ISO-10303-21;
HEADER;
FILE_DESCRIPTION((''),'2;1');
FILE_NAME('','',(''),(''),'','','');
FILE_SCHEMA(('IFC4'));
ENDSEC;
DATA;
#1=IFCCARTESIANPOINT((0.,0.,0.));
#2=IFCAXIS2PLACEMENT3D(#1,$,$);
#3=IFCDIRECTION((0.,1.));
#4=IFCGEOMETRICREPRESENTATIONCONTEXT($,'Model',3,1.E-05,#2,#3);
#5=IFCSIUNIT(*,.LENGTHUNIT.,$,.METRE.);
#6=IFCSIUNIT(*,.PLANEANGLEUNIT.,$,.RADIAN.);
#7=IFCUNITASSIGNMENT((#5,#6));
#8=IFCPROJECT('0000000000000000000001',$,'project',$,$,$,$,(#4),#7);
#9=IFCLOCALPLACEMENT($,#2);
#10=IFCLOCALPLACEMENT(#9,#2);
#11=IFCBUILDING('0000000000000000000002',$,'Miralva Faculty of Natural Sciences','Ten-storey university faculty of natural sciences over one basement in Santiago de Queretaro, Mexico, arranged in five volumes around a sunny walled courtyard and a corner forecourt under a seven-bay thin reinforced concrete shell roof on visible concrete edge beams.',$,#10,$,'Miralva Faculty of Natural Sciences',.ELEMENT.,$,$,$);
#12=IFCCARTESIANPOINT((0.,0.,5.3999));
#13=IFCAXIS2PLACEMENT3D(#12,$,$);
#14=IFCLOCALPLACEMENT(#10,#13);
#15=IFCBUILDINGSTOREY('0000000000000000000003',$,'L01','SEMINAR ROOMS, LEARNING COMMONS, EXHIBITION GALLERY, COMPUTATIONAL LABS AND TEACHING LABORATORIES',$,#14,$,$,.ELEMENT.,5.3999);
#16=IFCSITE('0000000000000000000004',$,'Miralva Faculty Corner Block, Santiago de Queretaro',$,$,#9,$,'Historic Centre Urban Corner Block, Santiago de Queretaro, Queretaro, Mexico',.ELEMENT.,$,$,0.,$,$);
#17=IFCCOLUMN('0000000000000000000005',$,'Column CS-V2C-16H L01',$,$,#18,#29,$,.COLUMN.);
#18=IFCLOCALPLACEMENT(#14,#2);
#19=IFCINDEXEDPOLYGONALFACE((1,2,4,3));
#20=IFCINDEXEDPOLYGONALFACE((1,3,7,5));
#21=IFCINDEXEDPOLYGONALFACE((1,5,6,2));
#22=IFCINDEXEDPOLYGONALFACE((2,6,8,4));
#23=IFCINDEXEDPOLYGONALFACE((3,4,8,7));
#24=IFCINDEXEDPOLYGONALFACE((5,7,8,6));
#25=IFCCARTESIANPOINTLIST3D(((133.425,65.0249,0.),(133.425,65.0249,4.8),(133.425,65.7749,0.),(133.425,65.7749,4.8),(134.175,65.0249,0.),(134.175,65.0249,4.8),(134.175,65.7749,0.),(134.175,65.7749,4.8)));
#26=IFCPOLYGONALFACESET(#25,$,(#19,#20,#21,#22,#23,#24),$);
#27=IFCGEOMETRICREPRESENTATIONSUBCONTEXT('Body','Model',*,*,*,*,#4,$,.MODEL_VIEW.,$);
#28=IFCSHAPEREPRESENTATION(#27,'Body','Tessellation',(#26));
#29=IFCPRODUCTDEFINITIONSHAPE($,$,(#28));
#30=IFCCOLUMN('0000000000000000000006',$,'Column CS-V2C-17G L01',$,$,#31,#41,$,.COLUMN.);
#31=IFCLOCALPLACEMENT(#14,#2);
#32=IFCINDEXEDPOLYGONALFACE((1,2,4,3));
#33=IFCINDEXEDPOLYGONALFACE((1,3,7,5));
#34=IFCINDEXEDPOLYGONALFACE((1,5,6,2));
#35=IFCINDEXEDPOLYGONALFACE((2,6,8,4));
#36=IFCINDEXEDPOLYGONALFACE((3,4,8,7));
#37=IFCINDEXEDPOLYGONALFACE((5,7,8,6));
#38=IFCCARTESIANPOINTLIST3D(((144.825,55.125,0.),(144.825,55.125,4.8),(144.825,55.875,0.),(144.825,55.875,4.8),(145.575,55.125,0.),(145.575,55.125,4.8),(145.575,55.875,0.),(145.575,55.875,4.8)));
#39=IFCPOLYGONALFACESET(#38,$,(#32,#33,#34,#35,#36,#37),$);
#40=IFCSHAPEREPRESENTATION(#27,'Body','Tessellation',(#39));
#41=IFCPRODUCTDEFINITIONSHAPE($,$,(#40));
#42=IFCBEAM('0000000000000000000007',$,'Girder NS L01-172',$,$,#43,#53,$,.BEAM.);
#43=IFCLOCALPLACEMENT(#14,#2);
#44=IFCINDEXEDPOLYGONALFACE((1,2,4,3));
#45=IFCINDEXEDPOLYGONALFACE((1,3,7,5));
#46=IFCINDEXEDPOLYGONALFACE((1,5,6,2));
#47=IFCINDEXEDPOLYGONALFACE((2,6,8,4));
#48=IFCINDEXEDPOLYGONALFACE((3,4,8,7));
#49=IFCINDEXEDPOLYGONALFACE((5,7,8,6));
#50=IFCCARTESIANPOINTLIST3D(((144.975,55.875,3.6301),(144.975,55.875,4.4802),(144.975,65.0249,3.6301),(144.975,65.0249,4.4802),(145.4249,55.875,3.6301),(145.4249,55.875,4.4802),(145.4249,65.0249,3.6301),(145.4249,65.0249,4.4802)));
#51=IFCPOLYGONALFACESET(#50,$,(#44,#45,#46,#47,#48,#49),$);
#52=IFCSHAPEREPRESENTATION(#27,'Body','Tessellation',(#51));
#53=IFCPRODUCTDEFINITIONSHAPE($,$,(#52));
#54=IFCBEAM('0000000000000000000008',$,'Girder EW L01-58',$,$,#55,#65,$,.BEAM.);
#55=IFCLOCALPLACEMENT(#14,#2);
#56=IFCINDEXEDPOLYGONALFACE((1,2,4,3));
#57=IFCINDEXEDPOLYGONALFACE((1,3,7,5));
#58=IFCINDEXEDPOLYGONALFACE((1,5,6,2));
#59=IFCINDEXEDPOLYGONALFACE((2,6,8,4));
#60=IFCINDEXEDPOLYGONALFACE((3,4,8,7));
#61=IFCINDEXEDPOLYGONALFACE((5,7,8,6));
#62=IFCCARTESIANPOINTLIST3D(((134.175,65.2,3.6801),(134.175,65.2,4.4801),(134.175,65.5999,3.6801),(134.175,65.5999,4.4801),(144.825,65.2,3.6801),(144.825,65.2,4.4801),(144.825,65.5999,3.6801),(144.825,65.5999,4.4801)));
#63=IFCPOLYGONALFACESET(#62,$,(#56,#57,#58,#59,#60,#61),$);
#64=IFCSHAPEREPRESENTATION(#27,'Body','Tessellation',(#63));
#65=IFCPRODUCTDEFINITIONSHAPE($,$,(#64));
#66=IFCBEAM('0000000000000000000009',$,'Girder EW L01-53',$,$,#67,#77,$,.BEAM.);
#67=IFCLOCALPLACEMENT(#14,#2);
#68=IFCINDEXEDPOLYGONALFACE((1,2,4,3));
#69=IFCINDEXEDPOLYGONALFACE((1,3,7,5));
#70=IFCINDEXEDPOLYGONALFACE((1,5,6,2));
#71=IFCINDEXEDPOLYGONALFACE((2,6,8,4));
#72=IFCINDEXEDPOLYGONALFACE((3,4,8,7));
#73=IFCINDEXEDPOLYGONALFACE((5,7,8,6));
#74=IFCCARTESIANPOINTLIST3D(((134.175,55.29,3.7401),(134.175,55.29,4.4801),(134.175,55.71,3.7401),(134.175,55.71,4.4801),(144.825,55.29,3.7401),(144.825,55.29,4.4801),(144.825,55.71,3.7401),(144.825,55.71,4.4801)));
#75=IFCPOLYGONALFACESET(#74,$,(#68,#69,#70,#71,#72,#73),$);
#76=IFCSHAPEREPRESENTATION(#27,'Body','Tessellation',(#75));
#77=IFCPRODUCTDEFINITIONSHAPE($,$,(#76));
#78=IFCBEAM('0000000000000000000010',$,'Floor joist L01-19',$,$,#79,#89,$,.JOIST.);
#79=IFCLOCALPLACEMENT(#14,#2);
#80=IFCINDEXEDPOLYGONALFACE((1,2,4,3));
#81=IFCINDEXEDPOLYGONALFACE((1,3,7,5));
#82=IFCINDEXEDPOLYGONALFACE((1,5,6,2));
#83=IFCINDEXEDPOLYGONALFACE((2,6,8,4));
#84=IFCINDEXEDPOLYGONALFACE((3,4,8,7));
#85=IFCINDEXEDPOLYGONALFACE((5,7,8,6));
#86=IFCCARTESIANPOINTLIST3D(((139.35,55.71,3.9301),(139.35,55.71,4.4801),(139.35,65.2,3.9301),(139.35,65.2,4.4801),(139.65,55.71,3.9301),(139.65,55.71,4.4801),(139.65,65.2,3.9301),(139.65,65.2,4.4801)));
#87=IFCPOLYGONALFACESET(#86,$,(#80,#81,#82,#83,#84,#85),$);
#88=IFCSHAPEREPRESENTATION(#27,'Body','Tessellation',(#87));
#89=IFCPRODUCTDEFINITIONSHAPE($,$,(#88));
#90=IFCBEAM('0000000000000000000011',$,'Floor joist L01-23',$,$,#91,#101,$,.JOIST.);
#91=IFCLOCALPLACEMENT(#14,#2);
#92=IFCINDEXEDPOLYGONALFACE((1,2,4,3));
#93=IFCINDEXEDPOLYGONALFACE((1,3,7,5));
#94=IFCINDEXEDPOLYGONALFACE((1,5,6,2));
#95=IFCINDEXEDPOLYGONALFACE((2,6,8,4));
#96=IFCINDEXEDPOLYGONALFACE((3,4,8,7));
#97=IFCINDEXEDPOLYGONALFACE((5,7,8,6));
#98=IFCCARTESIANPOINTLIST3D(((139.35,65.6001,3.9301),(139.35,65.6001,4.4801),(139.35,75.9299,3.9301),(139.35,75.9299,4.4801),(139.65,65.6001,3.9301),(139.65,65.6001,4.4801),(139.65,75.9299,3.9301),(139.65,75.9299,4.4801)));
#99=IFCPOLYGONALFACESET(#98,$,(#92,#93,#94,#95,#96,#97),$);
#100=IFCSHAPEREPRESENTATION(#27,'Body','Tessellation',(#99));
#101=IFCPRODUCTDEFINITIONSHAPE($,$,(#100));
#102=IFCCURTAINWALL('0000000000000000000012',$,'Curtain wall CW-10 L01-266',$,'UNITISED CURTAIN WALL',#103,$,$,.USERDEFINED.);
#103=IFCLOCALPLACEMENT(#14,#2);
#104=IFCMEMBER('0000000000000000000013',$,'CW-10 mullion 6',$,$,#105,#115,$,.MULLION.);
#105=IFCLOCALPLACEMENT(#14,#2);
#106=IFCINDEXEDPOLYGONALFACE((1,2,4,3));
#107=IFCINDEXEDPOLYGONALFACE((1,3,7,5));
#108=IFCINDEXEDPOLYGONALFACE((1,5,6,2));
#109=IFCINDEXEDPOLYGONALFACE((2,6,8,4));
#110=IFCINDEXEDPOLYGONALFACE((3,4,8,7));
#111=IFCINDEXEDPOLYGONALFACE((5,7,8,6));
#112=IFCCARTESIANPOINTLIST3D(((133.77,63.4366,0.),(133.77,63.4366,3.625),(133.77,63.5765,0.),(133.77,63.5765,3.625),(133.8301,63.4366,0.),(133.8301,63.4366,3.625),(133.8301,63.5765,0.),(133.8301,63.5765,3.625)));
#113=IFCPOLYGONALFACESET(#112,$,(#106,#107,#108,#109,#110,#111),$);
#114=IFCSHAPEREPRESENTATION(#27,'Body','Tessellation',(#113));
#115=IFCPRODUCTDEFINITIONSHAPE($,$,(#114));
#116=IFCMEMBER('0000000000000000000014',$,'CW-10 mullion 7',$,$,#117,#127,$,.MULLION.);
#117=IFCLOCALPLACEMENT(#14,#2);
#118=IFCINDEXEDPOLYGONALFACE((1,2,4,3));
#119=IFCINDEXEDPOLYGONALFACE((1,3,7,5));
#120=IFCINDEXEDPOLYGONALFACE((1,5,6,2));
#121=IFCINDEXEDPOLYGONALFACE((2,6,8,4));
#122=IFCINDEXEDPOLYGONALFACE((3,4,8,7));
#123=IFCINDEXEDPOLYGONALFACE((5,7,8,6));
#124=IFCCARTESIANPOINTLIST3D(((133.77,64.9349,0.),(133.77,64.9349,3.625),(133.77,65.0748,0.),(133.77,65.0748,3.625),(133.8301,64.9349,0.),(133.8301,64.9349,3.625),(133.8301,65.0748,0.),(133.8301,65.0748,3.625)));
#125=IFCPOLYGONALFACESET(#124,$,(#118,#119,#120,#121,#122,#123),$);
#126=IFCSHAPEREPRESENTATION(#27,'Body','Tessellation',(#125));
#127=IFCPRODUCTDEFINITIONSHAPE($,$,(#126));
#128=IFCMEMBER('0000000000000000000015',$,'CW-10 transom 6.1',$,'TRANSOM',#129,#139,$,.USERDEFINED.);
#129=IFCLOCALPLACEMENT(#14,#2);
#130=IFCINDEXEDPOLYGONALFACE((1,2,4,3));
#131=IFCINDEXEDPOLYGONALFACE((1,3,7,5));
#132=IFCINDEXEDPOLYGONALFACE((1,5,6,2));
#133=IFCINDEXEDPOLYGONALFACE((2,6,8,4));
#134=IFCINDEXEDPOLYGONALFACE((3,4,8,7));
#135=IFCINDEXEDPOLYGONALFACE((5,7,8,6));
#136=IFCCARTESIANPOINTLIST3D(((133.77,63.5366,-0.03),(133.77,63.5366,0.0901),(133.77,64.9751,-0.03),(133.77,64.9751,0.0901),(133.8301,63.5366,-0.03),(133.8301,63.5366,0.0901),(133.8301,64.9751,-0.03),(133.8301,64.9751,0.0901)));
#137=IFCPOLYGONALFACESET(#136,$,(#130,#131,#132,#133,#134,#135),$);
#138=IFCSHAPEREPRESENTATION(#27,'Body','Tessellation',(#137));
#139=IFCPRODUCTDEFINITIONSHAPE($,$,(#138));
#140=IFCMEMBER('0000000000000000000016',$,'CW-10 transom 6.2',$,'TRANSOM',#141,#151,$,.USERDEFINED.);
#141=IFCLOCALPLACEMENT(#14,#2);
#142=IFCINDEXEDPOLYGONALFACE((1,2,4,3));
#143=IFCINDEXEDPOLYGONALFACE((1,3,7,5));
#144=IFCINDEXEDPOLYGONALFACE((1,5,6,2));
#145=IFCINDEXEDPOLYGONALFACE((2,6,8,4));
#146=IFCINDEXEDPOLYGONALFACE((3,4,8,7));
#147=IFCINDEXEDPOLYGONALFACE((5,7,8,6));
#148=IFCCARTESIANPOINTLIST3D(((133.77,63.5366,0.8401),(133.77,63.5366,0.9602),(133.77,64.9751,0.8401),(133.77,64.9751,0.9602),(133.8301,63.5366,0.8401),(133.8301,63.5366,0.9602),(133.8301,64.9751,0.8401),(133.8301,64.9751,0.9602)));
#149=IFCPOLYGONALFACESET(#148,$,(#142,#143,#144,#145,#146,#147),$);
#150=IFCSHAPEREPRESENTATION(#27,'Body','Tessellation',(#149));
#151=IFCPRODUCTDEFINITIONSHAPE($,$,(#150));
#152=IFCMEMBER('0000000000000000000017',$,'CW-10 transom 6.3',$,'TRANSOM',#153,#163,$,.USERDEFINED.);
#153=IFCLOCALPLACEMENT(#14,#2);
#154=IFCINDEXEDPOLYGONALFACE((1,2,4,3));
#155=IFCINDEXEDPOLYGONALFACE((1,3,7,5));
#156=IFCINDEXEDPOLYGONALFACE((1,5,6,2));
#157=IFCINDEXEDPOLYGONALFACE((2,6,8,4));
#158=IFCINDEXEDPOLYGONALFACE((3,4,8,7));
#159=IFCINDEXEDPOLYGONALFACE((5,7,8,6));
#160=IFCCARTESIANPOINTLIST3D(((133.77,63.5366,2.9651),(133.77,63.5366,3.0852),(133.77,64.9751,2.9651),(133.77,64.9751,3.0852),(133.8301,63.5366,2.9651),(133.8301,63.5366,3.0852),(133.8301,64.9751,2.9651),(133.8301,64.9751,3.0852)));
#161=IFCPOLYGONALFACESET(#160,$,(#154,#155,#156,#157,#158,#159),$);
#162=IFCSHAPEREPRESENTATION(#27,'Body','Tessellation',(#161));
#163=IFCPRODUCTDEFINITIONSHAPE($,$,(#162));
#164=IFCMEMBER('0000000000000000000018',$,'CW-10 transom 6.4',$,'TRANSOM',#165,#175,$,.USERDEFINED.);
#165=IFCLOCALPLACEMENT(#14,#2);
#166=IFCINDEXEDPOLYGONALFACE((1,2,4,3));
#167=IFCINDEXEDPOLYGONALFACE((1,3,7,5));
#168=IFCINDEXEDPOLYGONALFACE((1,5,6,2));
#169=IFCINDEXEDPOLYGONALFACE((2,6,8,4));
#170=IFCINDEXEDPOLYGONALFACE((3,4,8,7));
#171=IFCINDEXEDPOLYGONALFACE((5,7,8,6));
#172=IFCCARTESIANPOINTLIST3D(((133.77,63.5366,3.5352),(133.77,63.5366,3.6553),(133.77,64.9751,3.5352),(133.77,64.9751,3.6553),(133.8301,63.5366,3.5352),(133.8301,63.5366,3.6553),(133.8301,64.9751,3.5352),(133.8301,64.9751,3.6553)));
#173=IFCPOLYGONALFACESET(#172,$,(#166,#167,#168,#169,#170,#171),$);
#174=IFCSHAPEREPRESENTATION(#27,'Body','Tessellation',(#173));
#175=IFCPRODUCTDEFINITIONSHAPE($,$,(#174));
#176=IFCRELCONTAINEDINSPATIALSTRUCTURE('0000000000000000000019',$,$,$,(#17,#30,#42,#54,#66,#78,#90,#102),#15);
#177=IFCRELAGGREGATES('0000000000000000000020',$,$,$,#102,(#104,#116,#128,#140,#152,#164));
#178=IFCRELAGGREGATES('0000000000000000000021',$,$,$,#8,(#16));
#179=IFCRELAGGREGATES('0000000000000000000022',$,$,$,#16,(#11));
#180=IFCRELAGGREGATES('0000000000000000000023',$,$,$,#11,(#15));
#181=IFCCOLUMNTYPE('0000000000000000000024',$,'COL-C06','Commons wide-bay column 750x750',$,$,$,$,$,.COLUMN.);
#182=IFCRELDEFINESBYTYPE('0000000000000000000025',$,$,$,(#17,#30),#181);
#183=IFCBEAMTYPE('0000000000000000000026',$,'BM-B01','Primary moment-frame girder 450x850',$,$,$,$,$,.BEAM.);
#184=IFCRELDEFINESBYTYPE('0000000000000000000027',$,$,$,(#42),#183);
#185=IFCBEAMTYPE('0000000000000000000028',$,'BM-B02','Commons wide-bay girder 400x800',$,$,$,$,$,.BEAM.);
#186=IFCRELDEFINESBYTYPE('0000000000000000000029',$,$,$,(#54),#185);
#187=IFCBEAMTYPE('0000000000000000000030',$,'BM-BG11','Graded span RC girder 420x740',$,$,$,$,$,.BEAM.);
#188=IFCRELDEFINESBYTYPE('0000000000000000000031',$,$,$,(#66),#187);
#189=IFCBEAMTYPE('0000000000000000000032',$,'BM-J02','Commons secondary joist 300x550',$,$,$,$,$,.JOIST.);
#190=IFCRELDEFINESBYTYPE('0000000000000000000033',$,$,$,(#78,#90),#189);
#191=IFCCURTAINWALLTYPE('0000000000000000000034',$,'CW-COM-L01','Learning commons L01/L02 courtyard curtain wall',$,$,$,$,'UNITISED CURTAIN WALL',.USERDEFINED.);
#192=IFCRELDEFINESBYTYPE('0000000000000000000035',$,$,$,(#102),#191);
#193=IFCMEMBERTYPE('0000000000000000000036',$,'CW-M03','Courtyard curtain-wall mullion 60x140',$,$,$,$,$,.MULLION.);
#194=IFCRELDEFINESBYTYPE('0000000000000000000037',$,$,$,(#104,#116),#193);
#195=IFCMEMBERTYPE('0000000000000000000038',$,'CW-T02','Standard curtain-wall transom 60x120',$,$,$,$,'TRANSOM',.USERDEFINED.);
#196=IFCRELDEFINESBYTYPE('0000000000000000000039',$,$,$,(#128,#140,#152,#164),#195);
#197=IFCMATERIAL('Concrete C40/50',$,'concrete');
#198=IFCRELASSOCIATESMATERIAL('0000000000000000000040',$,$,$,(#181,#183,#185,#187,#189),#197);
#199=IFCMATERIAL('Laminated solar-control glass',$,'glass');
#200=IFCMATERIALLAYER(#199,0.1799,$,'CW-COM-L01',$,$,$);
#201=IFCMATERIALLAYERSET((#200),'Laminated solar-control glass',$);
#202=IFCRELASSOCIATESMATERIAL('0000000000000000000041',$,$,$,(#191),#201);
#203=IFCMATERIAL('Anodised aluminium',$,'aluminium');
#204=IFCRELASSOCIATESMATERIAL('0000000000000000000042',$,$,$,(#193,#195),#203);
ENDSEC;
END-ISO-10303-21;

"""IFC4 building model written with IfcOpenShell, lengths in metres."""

from ifc_helpers import new_model, si_unit, direction, frame, origin, origin_2d, place, context, subcontext, project, spatial, rectangle, extrude, material, layer, layer_set, material_profile, profile_set, type_object, element, aggregate, save


model = new_model("IFC4")

# Units and contexts
model_context = context("Model", 3, precision=1e-05, world=origin(), true_north=direction((0.0, 1.0)))
body_context = subcontext(model_context, "Body", "Model", "MODEL_VIEW")
ifc_project = project(units=[si_unit("LENGTHUNIT", "METRE"), si_unit("PLANEANGLEUNIT", "RADIAN")], contexts=[model_context])

# Site, building, storey
site_placement = place(None, origin())
site = spatial("IfcSite", under=ifc_project, at=site_placement, Name="Miralva Faculty Corner Block, Santiago de Queretaro", LongName="Historic Centre Urban Corner Block, Santiago de Queretaro, Queretaro, Mexico", CompositionType="ELEMENT", RefElevation=0.0)
building_placement = place(site_placement, origin())
building = spatial("IfcBuilding", under=site, at=building_placement, Name="Miralva Faculty of Natural Sciences", Description="Ten-storey university faculty of natural sciences over one basement in Santiago de Queretaro, Mexico, arranged in five volumes around a sunny walled courtyard and a corner forecourt under a seven-bay thin reinforced concrete shell roof on visible concrete edge beams.", LongName="Miralva Faculty of Natural Sciences", CompositionType="ELEMENT")
storey_placement = place(building_placement, frame((0.0, 0.0, 5.3999)))
storey = spatial("IfcBuildingStorey", under=building, at=storey_placement, Name="L01", Description="SEMINAR ROOMS, LEARNING COMMONS, EXHIBITION GALLERY, COMPUTATIONAL LABS AND TEACHING LABORATORIES", CompositionType="ELEMENT", Elevation=5.3999)

# Columns
ifc_material_1 = material(Name="Concrete C40/50", Category="concrete")
ifc_material_profile_1 = material_profile(ifc_material_1, rectangle(XDim=0.75, YDim=0.75, at=origin_2d()), Name="RC 750x750")
ifc_profile_set_1 = profile_set([ifc_material_profile_1], Name="Concrete C40/50")
column_type = type_object("IfcColumnType", Name="COL-C06", Description="Commons wide-bay column 750x750", PredefinedType="COLUMN", material=ifc_profile_set_1)
for number, where, z_axis, x_axis, name in (
    (1, (133.8, 65.3999, 0.0), (0.0, 0.0, 1.0), (1.0, 0.0, 0.0), "Column CS-V2C-16H L01"),
    (2, (145.2, 55.5, 0.0), (0.0, 0.0, 1.0), (1.0, 0.0, 0.0), "Column CS-V2C-17G L01"),
):
    element("IfcColumn", number, at=place(storey_placement, frame(where, z_axis=z_axis, x_axis=x_axis)), inside=storey, type_object=column_type, Name=name, PredefinedType="COLUMN", context=body_context, shape_type="SweptSolid", body=[
        extrude(rectangle(XDim=0.75, YDim=0.75, at=origin_2d()), origin(), (0.0, 0.0, 1.0), 4.8),
    ])

# Beams
ifc_material_profile_2 = material_profile(ifc_material_1, rectangle(XDim=0.45, YDim=0.8501, at=origin_2d()), Name="RC 450x850")
ifc_profile_set_2 = profile_set([ifc_material_profile_2], Name="Concrete C40/50")
beam_type_1 = type_object("IfcBeamType", Name="BM-B01", Description="Primary moment-frame girder 450x850", PredefinedType="BEAM", material=ifc_profile_set_2)
beam_1_placement = place(storey_placement, frame((145.2, 55.875, 4.0552), z_axis=(0.0, 1.0, 0.0), x_axis=(-1.0, 0.0, 0.0)))
element("IfcBeam", 3, at=beam_1_placement, inside=storey, type_object=beam_type_1, Name="Girder NS L01-172", PredefinedType="BEAM", context=body_context, shape_type="SweptSolid", body=[
    extrude(rectangle(XDim=0.45, YDim=0.8501, at=origin_2d()), origin(), (0.0, 0.0, 1.0), 9.1499),
])
ifc_material_profile_3 = material_profile(ifc_material_1, rectangle(XDim=0.3999, YDim=0.8, at=origin_2d()), Name="RC 400x800")
ifc_profile_set_3 = profile_set([ifc_material_profile_3], Name="Concrete C40/50")
beam_type_2 = type_object("IfcBeamType", Name="BM-B02", Description="Commons wide-bay girder 400x800", PredefinedType="BEAM", material=ifc_profile_set_3)
beam_2_placement = place(storey_placement, frame((134.175, 65.3999, 4.0801), z_axis=(1.0, 0.0, 0.0), x_axis=(0.0, 1.0, 0.0)))
element("IfcBeam", 4, at=beam_2_placement, inside=storey, type_object=beam_type_2, Name="Girder EW L01-58", PredefinedType="BEAM", context=body_context, shape_type="SweptSolid", body=[
    extrude(rectangle(XDim=0.3999, YDim=0.8, at=origin_2d()), origin(), (0.0, 0.0, 1.0), 10.6499),
])
ifc_material_profile_4 = material_profile(ifc_material_1, rectangle(XDim=0.4199, YDim=0.74, at=origin_2d()), Name="RC 420x740")
ifc_profile_set_4 = profile_set([ifc_material_profile_4], Name="Concrete C40/50")
beam_type_3 = type_object("IfcBeamType", Name="BM-BG11", Description="Graded span RC girder 420x740", PredefinedType="BEAM", material=ifc_profile_set_4)
beam_3_placement = place(storey_placement, frame((134.175, 55.5, 4.1101), z_axis=(1.0, 0.0, 0.0), x_axis=(0.0, 1.0, 0.0)))
element("IfcBeam", 5, at=beam_3_placement, inside=storey, type_object=beam_type_3, Name="Girder EW L01-53", PredefinedType="BEAM", context=body_context, shape_type="SweptSolid", body=[
    extrude(rectangle(XDim=0.4199, YDim=0.74, at=origin_2d()), origin(), (0.0, 0.0, 1.0), 10.6499),
])
ifc_material_profile_5 = material_profile(ifc_material_1, rectangle(XDim=0.3, YDim=0.55, at=origin_2d()), Name="RC 300x550")
ifc_profile_set_5 = profile_set([ifc_material_profile_5], Name="Concrete C40/50")
beam_type_4 = type_object("IfcBeamType", Name="BM-J02", Description="Commons secondary joist 300x550", PredefinedType="JOIST", material=ifc_profile_set_5)
beam_4_placement = place(storey_placement, frame((139.5, 55.71, 4.2051), z_axis=(0.0, 1.0, 0.0), x_axis=(-1.0, 0.0, 0.0)))
element("IfcBeam", 6, at=beam_4_placement, inside=storey, type_object=beam_type_4, Name="Floor joist L01-19", PredefinedType="JOIST", context=body_context, shape_type="SweptSolid", body=[
    extrude(rectangle(XDim=0.3, YDim=0.55, at=origin_2d()), origin(), (0.0, 0.0, 1.0), 9.49),
])
beam_5_placement = place(storey_placement, frame((139.5, 65.6001, 4.2051), z_axis=(0.0, 1.0, 0.0), x_axis=(-1.0, 0.0, 0.0)))
element("IfcBeam", 7, at=beam_5_placement, inside=storey, type_object=beam_type_4, Name="Floor joist L01-23", PredefinedType="JOIST", context=body_context, shape_type="SweptSolid", body=[
    extrude(rectangle(XDim=0.3, YDim=0.55, at=origin_2d()), origin(), (0.0, 0.0, 1.0), 10.3298),
])

# Curtain wall, members
ifc_material_2 = material(Name="Laminated solar-control glass", Category="glass")
ifc_layer_1 = layer(ifc_material_2, 0.1799, Name="CW-COM-L01")
ifc_layer_set_1 = layer_set([ifc_layer_1], Name="Laminated solar-control glass")
curtain_wall_type = type_object("IfcCurtainWallType", Name="CW-COM-L01", Description="Learning commons L01/L02 courtyard curtain wall", ElementType="UNITISED CURTAIN WALL", PredefinedType="USERDEFINED", material=ifc_layer_set_1)
curtain_wall_placement = place(storey_placement, origin())
curtain_wall = element("IfcCurtainWall", 8, at=curtain_wall_placement, inside=storey, type_object=curtain_wall_type, Name="Curtain wall CW-10 L01-266", ObjectType="UNITISED CURTAIN WALL", PredefinedType="USERDEFINED")
ifc_material_3 = material(Name="Anodised aluminium", Category="aluminium")
ifc_material_profile_6 = material_profile(ifc_material_3, rectangle(XDim=0.0601, YDim=0.1399, at=origin_2d()), Name="MULLION 60x140")
ifc_profile_set_6 = profile_set([ifc_material_profile_6], Name="Anodised aluminium")
member_type_1 = type_object("IfcMemberType", Name="CW-M03", Description="Courtyard curtain-wall mullion 60x140", PredefinedType="MULLION", material=ifc_profile_set_6)
member_1_placement = place(storey_placement, frame((133.8, 63.5066, 0.0), z_axis=(0.0, 0.0, 1.0), x_axis=(-1.0, 0.0, 0.0)))
member_1 = element("IfcMember", 9, at=member_1_placement, type_object=member_type_1, Name="CW-10 mullion 6", PredefinedType="MULLION", context=body_context, shape_type="SweptSolid", body=[
    extrude(rectangle(XDim=0.0601, YDim=0.1399, at=origin_2d()), origin(), (0.0, 0.0, 1.0), 3.625),
])
member_2_placement = place(storey_placement, frame((133.8, 65.0049, 0.0), z_axis=(0.0, 0.0, 1.0), x_axis=(-1.0, 0.0, 0.0)))
member_2 = element("IfcMember", 10, at=member_2_placement, type_object=member_type_1, Name="CW-10 mullion 7", PredefinedType="MULLION", context=body_context, shape_type="SweptSolid", body=[
    extrude(rectangle(XDim=0.0601, YDim=0.1399, at=origin_2d()), origin(), (0.0, 0.0, 1.0), 3.625),
])
ifc_material_profile_7 = material_profile(ifc_material_3, rectangle(XDim=0.0601, YDim=0.1201, at=origin_2d()), Name="TRANSOM 60x120")
ifc_profile_set_7 = profile_set([ifc_material_profile_7], Name="Anodised aluminium")
member_type_2 = type_object("IfcMemberType", Name="CW-T02", Description="Standard curtain-wall transom 60x120", ElementType="TRANSOM", PredefinedType="USERDEFINED", material=ifc_profile_set_7)
member_3_placement = place(storey_placement, frame((133.8, 63.5366, 0.03), z_axis=(0.0, 1.0, 0.0), x_axis=(-1.0, 0.0, 0.0)))
member_3 = element("IfcMember", 11, at=member_3_placement, type_object=member_type_2, Name="CW-10 transom 6.1", ObjectType="TRANSOM", PredefinedType="USERDEFINED", context=body_context, shape_type="SweptSolid", body=[
    extrude(rectangle(XDim=0.0601, YDim=0.1201, at=origin_2d()), origin(), (0.0, 0.0, 1.0), 1.4385),
])
member_4_placement = place(storey_placement, frame((133.8, 63.5366, 0.9001), z_axis=(0.0, 1.0, 0.0), x_axis=(-1.0, 0.0, 0.0)))
member_4 = element("IfcMember", 12, at=member_4_placement, type_object=member_type_2, Name="CW-10 transom 6.2", ObjectType="TRANSOM", PredefinedType="USERDEFINED", context=body_context, shape_type="SweptSolid", body=[
    extrude(rectangle(XDim=0.0601, YDim=0.1201, at=origin_2d()), origin(), (0.0, 0.0, 1.0), 1.4385),
])
member_5_placement = place(storey_placement, frame((133.8, 63.5366, 3.0251), z_axis=(0.0, 1.0, 0.0), x_axis=(-1.0, 0.0, 0.0)))
member_5 = element("IfcMember", 13, at=member_5_placement, type_object=member_type_2, Name="CW-10 transom 6.3", ObjectType="TRANSOM", PredefinedType="USERDEFINED", context=body_context, shape_type="SweptSolid", body=[
    extrude(rectangle(XDim=0.0601, YDim=0.1201, at=origin_2d()), origin(), (0.0, 0.0, 1.0), 1.4385),
])
member_6_placement = place(storey_placement, frame((133.8, 63.5366, 3.5952), z_axis=(0.0, 1.0, 0.0), x_axis=(-1.0, 0.0, 0.0)))
member_6 = element("IfcMember", 14, at=member_6_placement, type_object=member_type_2, Name="CW-10 transom 6.4", ObjectType="TRANSOM", PredefinedType="USERDEFINED", context=body_context, shape_type="SweptSolid", body=[
    extrude(rectangle(XDim=0.0601, YDim=0.1201, at=origin_2d()), origin(), (0.0, 0.0, 1.0), 1.4385),
])
aggregate(curtain_wall, [member_1, member_2, member_3, member_4, member_5, member_6])

save(model, "model.ifc")
